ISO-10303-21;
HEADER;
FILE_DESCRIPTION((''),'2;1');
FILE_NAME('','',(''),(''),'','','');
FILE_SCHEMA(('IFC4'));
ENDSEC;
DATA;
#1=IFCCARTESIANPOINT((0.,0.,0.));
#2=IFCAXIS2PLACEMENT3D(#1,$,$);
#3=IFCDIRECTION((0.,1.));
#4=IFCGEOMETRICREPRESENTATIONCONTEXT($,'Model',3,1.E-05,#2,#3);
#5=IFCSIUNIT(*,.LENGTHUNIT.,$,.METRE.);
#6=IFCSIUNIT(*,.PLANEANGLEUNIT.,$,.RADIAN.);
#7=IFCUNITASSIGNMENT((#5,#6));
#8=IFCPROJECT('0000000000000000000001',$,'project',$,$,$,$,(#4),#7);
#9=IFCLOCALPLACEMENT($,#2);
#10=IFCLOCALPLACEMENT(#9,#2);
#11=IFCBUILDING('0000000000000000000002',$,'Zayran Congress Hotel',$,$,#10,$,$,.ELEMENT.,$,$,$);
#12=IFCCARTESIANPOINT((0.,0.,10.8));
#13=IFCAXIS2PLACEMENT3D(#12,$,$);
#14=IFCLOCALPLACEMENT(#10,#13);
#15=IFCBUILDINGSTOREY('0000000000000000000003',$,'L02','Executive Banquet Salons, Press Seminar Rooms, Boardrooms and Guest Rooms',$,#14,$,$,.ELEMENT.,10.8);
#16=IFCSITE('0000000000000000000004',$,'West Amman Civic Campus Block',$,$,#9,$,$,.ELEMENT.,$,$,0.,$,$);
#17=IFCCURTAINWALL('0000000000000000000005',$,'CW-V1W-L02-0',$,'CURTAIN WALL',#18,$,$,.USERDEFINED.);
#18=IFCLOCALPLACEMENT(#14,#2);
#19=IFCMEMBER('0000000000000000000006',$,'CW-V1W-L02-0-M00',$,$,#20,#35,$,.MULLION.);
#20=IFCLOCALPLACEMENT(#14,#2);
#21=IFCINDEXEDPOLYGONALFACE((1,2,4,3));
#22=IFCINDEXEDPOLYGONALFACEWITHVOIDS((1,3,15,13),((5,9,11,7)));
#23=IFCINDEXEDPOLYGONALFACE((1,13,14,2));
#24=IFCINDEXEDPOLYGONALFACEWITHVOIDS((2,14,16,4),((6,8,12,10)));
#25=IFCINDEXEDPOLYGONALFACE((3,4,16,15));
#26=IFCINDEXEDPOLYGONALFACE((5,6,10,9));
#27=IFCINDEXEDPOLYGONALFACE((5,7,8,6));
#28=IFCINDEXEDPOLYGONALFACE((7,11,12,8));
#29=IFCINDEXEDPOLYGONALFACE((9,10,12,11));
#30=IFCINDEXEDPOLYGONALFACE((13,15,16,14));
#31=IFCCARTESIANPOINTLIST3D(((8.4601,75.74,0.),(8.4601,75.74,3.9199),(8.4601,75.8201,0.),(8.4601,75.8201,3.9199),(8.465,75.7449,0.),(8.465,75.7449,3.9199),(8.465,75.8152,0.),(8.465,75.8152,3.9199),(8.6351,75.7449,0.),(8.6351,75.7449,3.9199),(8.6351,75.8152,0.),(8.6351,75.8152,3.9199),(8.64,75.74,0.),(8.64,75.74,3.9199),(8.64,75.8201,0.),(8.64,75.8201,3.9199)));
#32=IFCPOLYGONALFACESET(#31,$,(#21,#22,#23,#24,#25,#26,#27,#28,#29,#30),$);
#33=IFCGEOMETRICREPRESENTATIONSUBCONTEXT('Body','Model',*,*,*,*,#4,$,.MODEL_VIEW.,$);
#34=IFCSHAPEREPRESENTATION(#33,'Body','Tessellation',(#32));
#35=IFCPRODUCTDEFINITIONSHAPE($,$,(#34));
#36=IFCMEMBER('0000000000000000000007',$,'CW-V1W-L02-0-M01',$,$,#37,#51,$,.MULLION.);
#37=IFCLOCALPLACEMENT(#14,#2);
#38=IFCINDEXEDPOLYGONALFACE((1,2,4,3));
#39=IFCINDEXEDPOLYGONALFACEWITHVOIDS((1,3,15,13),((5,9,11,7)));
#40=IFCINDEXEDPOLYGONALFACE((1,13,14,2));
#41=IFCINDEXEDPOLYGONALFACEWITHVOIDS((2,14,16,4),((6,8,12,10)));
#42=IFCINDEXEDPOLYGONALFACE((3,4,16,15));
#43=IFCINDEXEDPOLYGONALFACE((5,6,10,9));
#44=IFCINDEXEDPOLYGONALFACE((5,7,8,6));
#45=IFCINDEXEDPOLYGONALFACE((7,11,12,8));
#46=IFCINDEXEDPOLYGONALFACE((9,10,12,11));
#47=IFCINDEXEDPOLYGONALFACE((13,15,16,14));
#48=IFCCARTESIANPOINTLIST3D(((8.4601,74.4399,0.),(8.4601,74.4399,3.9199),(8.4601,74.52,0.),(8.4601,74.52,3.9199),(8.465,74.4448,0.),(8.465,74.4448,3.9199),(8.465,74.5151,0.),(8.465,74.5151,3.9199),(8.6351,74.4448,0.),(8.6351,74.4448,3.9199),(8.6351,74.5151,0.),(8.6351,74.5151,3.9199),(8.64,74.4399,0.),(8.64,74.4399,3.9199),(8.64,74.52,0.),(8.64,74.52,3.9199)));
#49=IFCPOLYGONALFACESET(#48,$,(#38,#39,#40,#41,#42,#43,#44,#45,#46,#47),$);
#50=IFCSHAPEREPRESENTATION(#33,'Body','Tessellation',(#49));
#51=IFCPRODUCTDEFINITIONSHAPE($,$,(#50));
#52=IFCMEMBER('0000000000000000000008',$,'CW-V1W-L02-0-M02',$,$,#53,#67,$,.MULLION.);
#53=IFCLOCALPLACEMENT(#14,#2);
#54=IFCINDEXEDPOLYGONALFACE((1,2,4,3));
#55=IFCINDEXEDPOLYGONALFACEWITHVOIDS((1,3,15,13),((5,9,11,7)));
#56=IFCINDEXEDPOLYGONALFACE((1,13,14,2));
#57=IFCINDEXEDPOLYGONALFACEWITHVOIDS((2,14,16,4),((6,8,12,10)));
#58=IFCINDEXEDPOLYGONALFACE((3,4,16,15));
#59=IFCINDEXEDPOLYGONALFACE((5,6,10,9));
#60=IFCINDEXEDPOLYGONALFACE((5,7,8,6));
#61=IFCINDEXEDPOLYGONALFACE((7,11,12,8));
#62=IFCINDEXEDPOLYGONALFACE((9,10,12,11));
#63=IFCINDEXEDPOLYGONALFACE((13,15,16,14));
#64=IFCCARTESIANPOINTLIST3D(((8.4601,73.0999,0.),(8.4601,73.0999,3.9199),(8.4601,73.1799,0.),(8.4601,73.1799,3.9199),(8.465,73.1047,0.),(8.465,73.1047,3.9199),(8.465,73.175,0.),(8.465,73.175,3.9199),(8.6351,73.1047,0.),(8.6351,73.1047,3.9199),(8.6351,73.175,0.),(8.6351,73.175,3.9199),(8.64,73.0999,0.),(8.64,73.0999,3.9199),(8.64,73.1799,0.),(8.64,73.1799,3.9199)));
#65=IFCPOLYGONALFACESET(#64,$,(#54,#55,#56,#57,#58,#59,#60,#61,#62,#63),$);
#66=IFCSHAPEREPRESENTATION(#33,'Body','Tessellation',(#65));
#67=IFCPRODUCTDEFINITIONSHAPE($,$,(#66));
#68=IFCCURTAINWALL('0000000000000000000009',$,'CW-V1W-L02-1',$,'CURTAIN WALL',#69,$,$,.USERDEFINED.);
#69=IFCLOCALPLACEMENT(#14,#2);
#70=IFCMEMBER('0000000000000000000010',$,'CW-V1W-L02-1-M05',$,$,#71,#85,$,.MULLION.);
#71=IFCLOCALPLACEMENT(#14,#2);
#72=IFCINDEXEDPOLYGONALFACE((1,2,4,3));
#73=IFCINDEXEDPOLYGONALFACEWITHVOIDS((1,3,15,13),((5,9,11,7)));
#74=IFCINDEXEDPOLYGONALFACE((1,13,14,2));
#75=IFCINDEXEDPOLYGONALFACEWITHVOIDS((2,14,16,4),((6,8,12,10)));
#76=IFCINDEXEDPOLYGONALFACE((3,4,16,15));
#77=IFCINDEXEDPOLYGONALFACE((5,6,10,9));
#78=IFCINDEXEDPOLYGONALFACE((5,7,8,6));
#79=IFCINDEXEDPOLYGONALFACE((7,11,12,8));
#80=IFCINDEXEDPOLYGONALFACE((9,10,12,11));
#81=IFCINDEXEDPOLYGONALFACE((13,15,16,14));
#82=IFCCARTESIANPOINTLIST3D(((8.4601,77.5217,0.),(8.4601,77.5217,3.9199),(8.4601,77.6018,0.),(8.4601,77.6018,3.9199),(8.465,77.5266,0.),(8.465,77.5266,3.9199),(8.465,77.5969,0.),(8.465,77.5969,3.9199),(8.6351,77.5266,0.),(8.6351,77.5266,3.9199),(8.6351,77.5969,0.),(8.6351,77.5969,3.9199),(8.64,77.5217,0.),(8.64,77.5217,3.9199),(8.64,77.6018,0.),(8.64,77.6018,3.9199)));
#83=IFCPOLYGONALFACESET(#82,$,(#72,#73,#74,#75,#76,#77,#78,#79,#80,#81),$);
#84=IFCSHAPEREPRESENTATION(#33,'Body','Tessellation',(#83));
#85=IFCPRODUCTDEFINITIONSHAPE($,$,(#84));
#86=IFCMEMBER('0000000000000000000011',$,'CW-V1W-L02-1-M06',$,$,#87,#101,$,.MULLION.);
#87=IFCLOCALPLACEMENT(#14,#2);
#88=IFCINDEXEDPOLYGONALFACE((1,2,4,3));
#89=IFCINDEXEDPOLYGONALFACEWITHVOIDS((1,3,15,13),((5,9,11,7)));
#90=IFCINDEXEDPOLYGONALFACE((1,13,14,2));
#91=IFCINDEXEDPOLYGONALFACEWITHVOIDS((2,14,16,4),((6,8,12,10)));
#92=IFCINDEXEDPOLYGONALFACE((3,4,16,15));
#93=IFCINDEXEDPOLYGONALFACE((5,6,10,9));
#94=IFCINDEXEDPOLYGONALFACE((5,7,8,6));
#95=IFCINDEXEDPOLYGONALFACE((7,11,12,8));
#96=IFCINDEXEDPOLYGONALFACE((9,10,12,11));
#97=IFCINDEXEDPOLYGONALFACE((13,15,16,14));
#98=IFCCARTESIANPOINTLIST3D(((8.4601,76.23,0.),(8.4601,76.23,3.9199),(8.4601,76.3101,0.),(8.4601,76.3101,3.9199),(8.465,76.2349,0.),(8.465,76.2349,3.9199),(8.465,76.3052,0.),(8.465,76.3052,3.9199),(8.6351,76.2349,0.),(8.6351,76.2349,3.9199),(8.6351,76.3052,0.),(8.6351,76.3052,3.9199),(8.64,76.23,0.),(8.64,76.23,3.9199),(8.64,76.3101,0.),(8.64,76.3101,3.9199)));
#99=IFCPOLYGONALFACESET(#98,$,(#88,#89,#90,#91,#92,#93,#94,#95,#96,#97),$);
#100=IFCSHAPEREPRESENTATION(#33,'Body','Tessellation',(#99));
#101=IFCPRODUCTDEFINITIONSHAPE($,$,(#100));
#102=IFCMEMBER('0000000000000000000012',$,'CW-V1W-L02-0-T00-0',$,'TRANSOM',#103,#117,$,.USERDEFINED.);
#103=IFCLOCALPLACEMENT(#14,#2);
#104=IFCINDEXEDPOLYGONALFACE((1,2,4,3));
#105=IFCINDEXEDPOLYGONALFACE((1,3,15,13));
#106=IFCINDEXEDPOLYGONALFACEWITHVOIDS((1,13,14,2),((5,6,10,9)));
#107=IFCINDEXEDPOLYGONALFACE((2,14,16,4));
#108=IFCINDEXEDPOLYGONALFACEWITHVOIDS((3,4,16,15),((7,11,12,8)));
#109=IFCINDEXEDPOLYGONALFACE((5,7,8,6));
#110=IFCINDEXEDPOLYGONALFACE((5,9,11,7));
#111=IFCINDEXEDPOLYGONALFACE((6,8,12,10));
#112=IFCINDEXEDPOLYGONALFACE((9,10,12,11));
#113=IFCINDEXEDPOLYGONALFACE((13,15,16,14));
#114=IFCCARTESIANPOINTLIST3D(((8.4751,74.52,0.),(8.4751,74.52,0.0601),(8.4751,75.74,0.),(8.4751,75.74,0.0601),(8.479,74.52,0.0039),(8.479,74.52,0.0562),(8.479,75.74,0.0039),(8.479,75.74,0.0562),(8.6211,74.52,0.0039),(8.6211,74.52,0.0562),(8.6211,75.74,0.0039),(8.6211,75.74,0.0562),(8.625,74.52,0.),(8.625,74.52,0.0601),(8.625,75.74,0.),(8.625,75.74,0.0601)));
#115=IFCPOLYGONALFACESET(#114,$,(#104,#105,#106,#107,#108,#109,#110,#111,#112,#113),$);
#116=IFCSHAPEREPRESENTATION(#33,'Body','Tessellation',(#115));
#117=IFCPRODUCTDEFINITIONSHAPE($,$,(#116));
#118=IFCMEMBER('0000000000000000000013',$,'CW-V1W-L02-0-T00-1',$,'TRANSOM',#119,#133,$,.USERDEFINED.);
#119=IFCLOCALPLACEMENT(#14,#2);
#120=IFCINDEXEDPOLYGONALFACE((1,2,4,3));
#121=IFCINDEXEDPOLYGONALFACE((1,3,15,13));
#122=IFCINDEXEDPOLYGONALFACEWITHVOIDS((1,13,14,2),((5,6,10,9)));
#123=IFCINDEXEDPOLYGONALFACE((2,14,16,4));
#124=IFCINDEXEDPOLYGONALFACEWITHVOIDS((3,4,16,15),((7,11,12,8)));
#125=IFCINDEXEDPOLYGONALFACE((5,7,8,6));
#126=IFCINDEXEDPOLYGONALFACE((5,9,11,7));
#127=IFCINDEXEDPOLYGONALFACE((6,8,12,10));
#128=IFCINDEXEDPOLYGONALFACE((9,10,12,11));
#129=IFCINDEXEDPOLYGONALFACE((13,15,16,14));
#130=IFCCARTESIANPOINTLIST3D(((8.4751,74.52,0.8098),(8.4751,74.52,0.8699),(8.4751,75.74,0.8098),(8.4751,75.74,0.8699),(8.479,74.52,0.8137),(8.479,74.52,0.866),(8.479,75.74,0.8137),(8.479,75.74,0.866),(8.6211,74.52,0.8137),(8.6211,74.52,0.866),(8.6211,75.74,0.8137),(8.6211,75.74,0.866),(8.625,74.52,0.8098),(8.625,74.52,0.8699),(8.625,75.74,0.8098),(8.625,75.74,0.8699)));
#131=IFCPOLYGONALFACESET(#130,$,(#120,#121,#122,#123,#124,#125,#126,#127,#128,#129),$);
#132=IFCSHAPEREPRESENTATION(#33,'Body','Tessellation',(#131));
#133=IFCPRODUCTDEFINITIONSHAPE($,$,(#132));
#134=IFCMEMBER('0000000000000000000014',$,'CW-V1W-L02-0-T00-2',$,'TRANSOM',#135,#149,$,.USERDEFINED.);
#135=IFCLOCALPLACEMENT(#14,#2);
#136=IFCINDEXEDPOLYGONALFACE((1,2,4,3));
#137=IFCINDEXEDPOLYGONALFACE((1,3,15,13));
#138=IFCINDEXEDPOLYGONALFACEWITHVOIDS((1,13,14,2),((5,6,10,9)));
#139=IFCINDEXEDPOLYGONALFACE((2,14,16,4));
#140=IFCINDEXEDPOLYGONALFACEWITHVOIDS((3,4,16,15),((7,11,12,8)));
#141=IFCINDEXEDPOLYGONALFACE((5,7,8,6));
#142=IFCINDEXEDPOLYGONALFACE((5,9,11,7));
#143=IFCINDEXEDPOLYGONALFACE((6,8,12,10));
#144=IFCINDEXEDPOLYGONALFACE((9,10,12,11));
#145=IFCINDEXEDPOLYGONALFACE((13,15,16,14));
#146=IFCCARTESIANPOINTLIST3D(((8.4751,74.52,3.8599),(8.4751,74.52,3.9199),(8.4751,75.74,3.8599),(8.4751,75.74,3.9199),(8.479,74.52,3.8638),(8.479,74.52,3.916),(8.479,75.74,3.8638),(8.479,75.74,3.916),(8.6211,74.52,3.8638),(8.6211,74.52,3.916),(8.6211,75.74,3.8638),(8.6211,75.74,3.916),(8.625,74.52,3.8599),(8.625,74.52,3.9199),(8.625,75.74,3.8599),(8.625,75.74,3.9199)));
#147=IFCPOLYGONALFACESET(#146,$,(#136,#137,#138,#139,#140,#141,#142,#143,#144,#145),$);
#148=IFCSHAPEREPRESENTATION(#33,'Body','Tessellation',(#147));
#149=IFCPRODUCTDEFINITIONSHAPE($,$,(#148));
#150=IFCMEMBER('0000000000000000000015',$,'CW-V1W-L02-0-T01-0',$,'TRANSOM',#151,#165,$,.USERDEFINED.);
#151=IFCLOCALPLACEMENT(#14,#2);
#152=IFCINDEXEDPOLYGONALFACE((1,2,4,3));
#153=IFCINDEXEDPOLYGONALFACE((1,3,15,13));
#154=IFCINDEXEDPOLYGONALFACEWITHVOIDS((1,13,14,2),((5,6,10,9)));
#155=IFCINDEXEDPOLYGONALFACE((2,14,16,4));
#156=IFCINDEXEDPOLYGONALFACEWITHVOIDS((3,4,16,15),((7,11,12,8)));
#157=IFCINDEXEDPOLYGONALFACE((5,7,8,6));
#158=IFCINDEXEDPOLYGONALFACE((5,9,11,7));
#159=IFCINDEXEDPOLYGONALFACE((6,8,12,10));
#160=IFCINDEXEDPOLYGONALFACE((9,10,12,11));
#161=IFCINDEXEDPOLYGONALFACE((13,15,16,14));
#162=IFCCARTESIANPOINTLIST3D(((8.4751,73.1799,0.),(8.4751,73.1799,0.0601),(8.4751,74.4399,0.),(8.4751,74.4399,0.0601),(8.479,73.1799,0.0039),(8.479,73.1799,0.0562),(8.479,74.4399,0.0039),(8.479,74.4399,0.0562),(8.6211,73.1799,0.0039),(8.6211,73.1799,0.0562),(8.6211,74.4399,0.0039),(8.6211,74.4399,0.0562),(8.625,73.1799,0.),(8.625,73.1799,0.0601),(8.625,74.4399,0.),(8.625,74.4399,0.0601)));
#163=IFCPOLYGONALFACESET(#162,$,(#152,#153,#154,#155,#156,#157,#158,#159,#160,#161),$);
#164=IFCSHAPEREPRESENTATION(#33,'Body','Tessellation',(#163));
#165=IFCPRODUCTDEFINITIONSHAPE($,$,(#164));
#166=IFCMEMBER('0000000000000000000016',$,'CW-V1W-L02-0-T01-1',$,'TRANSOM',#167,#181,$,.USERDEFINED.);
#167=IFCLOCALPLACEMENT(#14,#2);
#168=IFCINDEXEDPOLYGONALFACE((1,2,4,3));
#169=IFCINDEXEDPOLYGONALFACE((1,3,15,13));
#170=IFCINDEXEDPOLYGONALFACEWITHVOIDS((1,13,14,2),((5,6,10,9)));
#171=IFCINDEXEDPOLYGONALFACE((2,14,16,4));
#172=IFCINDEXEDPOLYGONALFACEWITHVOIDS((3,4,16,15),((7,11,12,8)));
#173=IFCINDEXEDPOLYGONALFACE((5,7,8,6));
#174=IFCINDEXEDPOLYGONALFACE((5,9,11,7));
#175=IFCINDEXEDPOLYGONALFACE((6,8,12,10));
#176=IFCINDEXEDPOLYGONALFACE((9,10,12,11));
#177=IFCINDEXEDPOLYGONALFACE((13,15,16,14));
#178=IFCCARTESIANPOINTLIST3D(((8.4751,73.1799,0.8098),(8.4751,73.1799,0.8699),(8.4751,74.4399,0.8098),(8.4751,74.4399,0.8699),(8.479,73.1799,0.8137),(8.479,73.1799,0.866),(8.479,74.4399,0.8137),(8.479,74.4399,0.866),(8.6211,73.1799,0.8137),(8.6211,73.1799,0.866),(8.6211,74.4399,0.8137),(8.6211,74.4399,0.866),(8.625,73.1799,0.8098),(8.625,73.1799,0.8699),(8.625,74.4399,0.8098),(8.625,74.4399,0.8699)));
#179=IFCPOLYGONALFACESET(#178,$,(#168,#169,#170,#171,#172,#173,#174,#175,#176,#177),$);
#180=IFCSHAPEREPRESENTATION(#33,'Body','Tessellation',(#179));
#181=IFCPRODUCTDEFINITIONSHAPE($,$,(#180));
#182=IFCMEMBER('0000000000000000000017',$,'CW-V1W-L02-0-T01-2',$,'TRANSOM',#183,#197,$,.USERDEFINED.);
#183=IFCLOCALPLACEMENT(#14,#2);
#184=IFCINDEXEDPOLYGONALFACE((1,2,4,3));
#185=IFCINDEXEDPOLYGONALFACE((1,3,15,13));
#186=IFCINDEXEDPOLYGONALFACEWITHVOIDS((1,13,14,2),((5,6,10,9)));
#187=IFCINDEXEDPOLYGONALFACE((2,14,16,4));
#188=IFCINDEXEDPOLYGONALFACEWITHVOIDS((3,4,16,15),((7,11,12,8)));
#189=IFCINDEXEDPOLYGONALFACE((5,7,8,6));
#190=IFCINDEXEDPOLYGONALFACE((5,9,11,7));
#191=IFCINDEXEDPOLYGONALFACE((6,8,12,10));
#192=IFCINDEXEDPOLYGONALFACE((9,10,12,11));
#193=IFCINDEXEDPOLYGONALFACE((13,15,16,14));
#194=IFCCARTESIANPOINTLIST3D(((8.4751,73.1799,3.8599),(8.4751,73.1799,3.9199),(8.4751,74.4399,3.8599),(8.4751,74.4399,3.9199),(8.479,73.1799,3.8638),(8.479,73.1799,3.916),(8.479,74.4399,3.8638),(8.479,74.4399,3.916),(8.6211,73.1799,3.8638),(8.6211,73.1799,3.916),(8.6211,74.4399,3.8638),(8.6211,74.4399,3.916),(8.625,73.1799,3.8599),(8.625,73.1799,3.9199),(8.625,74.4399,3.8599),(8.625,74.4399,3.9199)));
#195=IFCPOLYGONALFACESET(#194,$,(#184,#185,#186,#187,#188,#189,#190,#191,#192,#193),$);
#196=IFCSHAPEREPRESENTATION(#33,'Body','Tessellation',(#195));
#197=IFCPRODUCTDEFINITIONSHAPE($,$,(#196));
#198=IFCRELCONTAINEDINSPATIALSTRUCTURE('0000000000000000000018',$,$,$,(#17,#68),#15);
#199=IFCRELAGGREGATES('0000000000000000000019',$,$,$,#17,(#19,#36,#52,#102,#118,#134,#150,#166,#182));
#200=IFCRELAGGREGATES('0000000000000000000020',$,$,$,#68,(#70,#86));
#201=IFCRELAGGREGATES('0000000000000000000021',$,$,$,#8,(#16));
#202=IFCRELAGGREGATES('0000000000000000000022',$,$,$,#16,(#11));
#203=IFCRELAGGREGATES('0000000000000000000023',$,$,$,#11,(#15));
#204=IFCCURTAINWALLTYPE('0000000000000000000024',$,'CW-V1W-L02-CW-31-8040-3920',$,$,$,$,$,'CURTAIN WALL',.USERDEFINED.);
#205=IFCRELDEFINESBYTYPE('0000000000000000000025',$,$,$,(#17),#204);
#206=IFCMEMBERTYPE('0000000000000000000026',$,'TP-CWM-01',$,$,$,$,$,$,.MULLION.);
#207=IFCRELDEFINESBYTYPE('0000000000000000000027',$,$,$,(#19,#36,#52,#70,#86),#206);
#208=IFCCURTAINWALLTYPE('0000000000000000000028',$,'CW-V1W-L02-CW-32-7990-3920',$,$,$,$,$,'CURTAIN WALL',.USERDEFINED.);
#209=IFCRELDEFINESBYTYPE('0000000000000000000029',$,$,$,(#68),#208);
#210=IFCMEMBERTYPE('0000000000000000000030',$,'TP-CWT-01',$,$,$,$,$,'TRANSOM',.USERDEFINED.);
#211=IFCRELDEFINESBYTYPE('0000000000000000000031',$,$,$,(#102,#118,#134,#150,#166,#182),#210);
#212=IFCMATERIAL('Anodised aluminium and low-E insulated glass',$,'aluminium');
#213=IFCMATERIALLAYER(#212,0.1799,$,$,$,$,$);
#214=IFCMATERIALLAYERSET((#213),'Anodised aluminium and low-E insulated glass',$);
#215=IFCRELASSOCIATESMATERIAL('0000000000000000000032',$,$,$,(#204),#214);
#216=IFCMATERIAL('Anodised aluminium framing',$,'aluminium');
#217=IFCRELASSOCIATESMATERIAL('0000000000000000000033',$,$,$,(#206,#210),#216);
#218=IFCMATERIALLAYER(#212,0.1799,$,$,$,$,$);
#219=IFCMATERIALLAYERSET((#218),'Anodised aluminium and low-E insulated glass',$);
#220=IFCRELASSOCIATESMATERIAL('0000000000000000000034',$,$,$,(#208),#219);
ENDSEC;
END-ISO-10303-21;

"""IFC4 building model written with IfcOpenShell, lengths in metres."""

from ifc_helpers import new_model, si_unit, direction, frame, origin, origin_2d, place, context, subcontext, project, spatial, hollow_rectangle, extrude, material, layer, layer_set, material_profile, profile_set, type_object, element, aggregate, save


model = new_model("IFC4")

# Units and contexts
model_context = context("Model", 3, precision=1e-05, world=origin(), true_north=direction((0.0, 1.0)))
body_context = subcontext(model_context, "Body", "Model", "MODEL_VIEW")
ifc_project = project(units=[si_unit("LENGTHUNIT", "METRE"), si_unit("PLANEANGLEUNIT", "RADIAN")], contexts=[model_context])

# Site, building, storey
site_placement = place(None, origin())
site = spatial("IfcSite", under=ifc_project, at=site_placement, Name="West Amman Civic Campus Block", CompositionType="ELEMENT", RefElevation=0.0)
building_placement = place(site_placement, origin())
building = spatial("IfcBuilding", under=site, at=building_placement, Name="Zayran Congress Hotel", CompositionType="ELEMENT")
storey_placement = place(building_placement, frame((0.0, 0.0, 10.8)))
storey = spatial("IfcBuildingStorey", under=building, at=storey_placement, Name="L02", Description="Executive Banquet Salons, Press Seminar Rooms, Boardrooms and Guest Rooms", CompositionType="ELEMENT", Elevation=10.8)

# Curtain walls, members
ifc_material_1 = material(Name="Anodised aluminium and low-E insulated glass", Category="aluminium")
ifc_layer_1 = layer(ifc_material_1, 0.1799)
ifc_layer_set_1 = layer_set([ifc_layer_1], Name="Anodised aluminium and low-E insulated glass")
curtain_wall_type_1 = type_object("IfcCurtainWallType", Name="CW-V1W-L02-CW-31-8040-3920", ElementType="CURTAIN WALL", PredefinedType="USERDEFINED", material=ifc_layer_set_1)
curtain_wall_1_placement = place(storey_placement, origin())
curtain_wall_1 = element("IfcCurtainWall", 1, at=curtain_wall_1_placement, inside=storey, type_object=curtain_wall_type_1, Name="CW-V1W-L02-0", ObjectType="CURTAIN WALL", PredefinedType="USERDEFINED")
ifc_material_2 = material(Name="Anodised aluminium framing", Category="aluminium")
ifc_material_profile_1 = material_profile(ifc_material_2, hollow_rectangle(XDim=0.0801, YDim=0.1799, WallThickness=0.0049, at=origin_2d()), Name="RHS 180x80x5")
ifc_profile_set_1 = profile_set([ifc_material_profile_1], Name="Anodised aluminium framing")
member_type_1 = type_object("IfcMemberType", Name="TP-CWM-01", PredefinedType="MULLION", material=ifc_profile_set_1)
member_1_placement = place(storey_placement, frame((8.55, 75.78, 0.0), z_axis=(0.0, 0.0, 1.0), x_axis=(0.0, 1.0, 0.0)))
member_1 = element("IfcMember", 2, at=member_1_placement, type_object=member_type_1, Name="CW-V1W-L02-0-M00", PredefinedType="MULLION", context=body_context, shape_type="SweptSolid", body=[
    extrude(hollow_rectangle(XDim=0.0801, YDim=0.1799, WallThickness=0.0049, at=origin_2d()), origin(), (0.0, 0.0, 1.0), 3.9199),
])
member_2_placement = place(storey_placement, frame((8.55, 74.48, 0.0), z_axis=(0.0, 0.0, 1.0), x_axis=(0.0, 1.0, 0.0)))
member_2 = element("IfcMember", 3, at=member_2_placement, type_object=member_type_1, Name="CW-V1W-L02-0-M01", PredefinedType="MULLION", context=body_context, shape_type="SweptSolid", body=[
    extrude(hollow_rectangle(XDim=0.0801, YDim=0.1799, WallThickness=0.0049, at=origin_2d()), origin(), (0.0, 0.0, 1.0), 3.9199),
])
member_3_placement = place(storey_placement, frame((8.55, 73.1399, 0.0), z_axis=(0.0, 0.0, 1.0), x_axis=(0.0, 1.0, 0.0)))
member_3 = element("IfcMember", 4, at=member_3_placement, type_object=member_type_1, Name="CW-V1W-L02-0-M02", PredefinedType="MULLION", context=body_context, shape_type="SweptSolid", body=[
    extrude(hollow_rectangle(XDim=0.0801, YDim=0.1799, WallThickness=0.0049, at=origin_2d()), origin(), (0.0, 0.0, 1.0), 3.9199),
])
ifc_layer_2 = layer(ifc_material_1, 0.1799)
ifc_layer_set_2 = layer_set([ifc_layer_2], Name="Anodised aluminium and low-E insulated glass")
curtain_wall_type_2 = type_object("IfcCurtainWallType", Name="CW-V1W-L02-CW-32-7990-3920", ElementType="CURTAIN WALL", PredefinedType="USERDEFINED", material=ifc_layer_set_2)
curtain_wall_2_placement = place(storey_placement, origin())
curtain_wall_2 = element("IfcCurtainWall", 5, at=curtain_wall_2_placement, inside=storey, type_object=curtain_wall_type_2, Name="CW-V1W-L02-1", ObjectType="CURTAIN WALL", PredefinedType="USERDEFINED")
member_4_placement = place(storey_placement, frame((8.55, 77.5618, 0.0), z_axis=(0.0, 0.0, 1.0), x_axis=(0.0, 1.0, 0.0)))
member_4 = element("IfcMember", 6, at=member_4_placement, type_object=member_type_1, Name="CW-V1W-L02-1-M05", PredefinedType="MULLION", context=body_context, shape_type="SweptSolid", body=[
    extrude(hollow_rectangle(XDim=0.0801, YDim=0.1799, WallThickness=0.0049, at=origin_2d()), origin(), (0.0, 0.0, 1.0), 3.9199),
])
member_5_placement = place(storey_placement, frame((8.55, 76.27, 0.0), z_axis=(0.0, 0.0, 1.0), x_axis=(0.0, 1.0, 0.0)))
member_5 = element("IfcMember", 7, at=member_5_placement, type_object=member_type_1, Name="CW-V1W-L02-1-M06", PredefinedType="MULLION", context=body_context, shape_type="SweptSolid", body=[
    extrude(hollow_rectangle(XDim=0.0801, YDim=0.1799, WallThickness=0.0049, at=origin_2d()), origin(), (0.0, 0.0, 1.0), 3.9199),
])

# Members
ifc_material_profile_2 = material_profile(ifc_material_2, hollow_rectangle(XDim=0.0601, YDim=0.1499, WallThickness=0.0039, at=origin_2d()), Name="RHS 150x60x4")
ifc_profile_set_2 = profile_set([ifc_material_profile_2], Name="Anodised aluminium framing")
member_type_2 = type_object("IfcMemberType", Name="TP-CWT-01", ElementType="TRANSOM", PredefinedType="USERDEFINED", material=ifc_profile_set_2)
member_6_placement = place(storey_placement, frame((8.55, 75.74, 0.03), z_axis=(0.0, -1.0, 0.0), x_axis=(0.0, 0.0, 1.0)))
member_6 = element("IfcMember", 8, at=member_6_placement, type_object=member_type_2, Name="CW-V1W-L02-0-T00-0", ObjectType="TRANSOM", PredefinedType="USERDEFINED", context=body_context, shape_type="SweptSolid", body=[
    extrude(hollow_rectangle(XDim=0.0601, YDim=0.1499, WallThickness=0.0039, at=origin_2d()), origin(), (0.0, 0.0, 1.0), 1.22),
])
member_7_placement = place(storey_placement, frame((8.55, 75.74, 0.8398), z_axis=(0.0, -1.0, 0.0), x_axis=(0.0, 0.0, 1.0)))
member_7 = element("IfcMember", 9, at=member_7_placement, type_object=member_type_2, Name="CW-V1W-L02-0-T00-1", ObjectType="TRANSOM", PredefinedType="USERDEFINED", context=body_context, shape_type="SweptSolid", body=[
    extrude(hollow_rectangle(XDim=0.0601, YDim=0.1499, WallThickness=0.0039, at=origin_2d()), origin(), (0.0, 0.0, 1.0), 1.22),
])
member_8_placement = place(storey_placement, frame((8.55, 75.74, 3.8899), z_axis=(0.0, -1.0, 0.0), x_axis=(0.0, 0.0, 1.0)))
member_8 = element("IfcMember", 10, at=member_8_placement, type_object=member_type_2, Name="CW-V1W-L02-0-T00-2", ObjectType="TRANSOM", PredefinedType="USERDEFINED", context=body_context, shape_type="SweptSolid", body=[
    extrude(hollow_rectangle(XDim=0.0601, YDim=0.1499, WallThickness=0.0039, at=origin_2d()), origin(), (0.0, 0.0, 1.0), 1.22),
])
member_9_placement = place(storey_placement, frame((8.55, 74.4399, 0.03), z_axis=(0.0, -1.0, 0.0), x_axis=(0.0, 0.0, 1.0)))
member_9 = element("IfcMember", 11, at=member_9_placement, type_object=member_type_2, Name="CW-V1W-L02-0-T01-0", ObjectType="TRANSOM", PredefinedType="USERDEFINED", context=body_context, shape_type="SweptSolid", body=[
    extrude(hollow_rectangle(XDim=0.0601, YDim=0.1499, WallThickness=0.0039, at=origin_2d()), origin(), (0.0, 0.0, 1.0), 1.26),
])
member_10_placement = place(storey_placement, frame((8.55, 74.4399, 0.8398), z_axis=(0.0, -1.0, 0.0), x_axis=(0.0, 0.0, 1.0)))
member_10 = element("IfcMember", 12, at=member_10_placement, type_object=member_type_2, Name="CW-V1W-L02-0-T01-1", ObjectType="TRANSOM", PredefinedType="USERDEFINED", context=body_context, shape_type="SweptSolid", body=[
    extrude(hollow_rectangle(XDim=0.0601, YDim=0.1499, WallThickness=0.0039, at=origin_2d()), origin(), (0.0, 0.0, 1.0), 1.26),
])
member_11_placement = place(storey_placement, frame((8.55, 74.4399, 3.8899), z_axis=(0.0, -1.0, 0.0), x_axis=(0.0, 0.0, 1.0)))
member_11 = element("IfcMember", 13, at=member_11_placement, type_object=member_type_2, Name="CW-V1W-L02-0-T01-2", ObjectType="TRANSOM", PredefinedType="USERDEFINED", context=body_context, shape_type="SweptSolid", body=[
    extrude(hollow_rectangle(XDim=0.0601, YDim=0.1499, WallThickness=0.0039, at=origin_2d()), origin(), (0.0, 0.0, 1.0), 1.26),
])

aggregate(curtain_wall_1, [member_1, member_2, member_3, member_6, member_7, member_8, member_9, member_10, member_11])
aggregate(curtain_wall_2, [member_4, member_5])

save(model, "model.ifc")
